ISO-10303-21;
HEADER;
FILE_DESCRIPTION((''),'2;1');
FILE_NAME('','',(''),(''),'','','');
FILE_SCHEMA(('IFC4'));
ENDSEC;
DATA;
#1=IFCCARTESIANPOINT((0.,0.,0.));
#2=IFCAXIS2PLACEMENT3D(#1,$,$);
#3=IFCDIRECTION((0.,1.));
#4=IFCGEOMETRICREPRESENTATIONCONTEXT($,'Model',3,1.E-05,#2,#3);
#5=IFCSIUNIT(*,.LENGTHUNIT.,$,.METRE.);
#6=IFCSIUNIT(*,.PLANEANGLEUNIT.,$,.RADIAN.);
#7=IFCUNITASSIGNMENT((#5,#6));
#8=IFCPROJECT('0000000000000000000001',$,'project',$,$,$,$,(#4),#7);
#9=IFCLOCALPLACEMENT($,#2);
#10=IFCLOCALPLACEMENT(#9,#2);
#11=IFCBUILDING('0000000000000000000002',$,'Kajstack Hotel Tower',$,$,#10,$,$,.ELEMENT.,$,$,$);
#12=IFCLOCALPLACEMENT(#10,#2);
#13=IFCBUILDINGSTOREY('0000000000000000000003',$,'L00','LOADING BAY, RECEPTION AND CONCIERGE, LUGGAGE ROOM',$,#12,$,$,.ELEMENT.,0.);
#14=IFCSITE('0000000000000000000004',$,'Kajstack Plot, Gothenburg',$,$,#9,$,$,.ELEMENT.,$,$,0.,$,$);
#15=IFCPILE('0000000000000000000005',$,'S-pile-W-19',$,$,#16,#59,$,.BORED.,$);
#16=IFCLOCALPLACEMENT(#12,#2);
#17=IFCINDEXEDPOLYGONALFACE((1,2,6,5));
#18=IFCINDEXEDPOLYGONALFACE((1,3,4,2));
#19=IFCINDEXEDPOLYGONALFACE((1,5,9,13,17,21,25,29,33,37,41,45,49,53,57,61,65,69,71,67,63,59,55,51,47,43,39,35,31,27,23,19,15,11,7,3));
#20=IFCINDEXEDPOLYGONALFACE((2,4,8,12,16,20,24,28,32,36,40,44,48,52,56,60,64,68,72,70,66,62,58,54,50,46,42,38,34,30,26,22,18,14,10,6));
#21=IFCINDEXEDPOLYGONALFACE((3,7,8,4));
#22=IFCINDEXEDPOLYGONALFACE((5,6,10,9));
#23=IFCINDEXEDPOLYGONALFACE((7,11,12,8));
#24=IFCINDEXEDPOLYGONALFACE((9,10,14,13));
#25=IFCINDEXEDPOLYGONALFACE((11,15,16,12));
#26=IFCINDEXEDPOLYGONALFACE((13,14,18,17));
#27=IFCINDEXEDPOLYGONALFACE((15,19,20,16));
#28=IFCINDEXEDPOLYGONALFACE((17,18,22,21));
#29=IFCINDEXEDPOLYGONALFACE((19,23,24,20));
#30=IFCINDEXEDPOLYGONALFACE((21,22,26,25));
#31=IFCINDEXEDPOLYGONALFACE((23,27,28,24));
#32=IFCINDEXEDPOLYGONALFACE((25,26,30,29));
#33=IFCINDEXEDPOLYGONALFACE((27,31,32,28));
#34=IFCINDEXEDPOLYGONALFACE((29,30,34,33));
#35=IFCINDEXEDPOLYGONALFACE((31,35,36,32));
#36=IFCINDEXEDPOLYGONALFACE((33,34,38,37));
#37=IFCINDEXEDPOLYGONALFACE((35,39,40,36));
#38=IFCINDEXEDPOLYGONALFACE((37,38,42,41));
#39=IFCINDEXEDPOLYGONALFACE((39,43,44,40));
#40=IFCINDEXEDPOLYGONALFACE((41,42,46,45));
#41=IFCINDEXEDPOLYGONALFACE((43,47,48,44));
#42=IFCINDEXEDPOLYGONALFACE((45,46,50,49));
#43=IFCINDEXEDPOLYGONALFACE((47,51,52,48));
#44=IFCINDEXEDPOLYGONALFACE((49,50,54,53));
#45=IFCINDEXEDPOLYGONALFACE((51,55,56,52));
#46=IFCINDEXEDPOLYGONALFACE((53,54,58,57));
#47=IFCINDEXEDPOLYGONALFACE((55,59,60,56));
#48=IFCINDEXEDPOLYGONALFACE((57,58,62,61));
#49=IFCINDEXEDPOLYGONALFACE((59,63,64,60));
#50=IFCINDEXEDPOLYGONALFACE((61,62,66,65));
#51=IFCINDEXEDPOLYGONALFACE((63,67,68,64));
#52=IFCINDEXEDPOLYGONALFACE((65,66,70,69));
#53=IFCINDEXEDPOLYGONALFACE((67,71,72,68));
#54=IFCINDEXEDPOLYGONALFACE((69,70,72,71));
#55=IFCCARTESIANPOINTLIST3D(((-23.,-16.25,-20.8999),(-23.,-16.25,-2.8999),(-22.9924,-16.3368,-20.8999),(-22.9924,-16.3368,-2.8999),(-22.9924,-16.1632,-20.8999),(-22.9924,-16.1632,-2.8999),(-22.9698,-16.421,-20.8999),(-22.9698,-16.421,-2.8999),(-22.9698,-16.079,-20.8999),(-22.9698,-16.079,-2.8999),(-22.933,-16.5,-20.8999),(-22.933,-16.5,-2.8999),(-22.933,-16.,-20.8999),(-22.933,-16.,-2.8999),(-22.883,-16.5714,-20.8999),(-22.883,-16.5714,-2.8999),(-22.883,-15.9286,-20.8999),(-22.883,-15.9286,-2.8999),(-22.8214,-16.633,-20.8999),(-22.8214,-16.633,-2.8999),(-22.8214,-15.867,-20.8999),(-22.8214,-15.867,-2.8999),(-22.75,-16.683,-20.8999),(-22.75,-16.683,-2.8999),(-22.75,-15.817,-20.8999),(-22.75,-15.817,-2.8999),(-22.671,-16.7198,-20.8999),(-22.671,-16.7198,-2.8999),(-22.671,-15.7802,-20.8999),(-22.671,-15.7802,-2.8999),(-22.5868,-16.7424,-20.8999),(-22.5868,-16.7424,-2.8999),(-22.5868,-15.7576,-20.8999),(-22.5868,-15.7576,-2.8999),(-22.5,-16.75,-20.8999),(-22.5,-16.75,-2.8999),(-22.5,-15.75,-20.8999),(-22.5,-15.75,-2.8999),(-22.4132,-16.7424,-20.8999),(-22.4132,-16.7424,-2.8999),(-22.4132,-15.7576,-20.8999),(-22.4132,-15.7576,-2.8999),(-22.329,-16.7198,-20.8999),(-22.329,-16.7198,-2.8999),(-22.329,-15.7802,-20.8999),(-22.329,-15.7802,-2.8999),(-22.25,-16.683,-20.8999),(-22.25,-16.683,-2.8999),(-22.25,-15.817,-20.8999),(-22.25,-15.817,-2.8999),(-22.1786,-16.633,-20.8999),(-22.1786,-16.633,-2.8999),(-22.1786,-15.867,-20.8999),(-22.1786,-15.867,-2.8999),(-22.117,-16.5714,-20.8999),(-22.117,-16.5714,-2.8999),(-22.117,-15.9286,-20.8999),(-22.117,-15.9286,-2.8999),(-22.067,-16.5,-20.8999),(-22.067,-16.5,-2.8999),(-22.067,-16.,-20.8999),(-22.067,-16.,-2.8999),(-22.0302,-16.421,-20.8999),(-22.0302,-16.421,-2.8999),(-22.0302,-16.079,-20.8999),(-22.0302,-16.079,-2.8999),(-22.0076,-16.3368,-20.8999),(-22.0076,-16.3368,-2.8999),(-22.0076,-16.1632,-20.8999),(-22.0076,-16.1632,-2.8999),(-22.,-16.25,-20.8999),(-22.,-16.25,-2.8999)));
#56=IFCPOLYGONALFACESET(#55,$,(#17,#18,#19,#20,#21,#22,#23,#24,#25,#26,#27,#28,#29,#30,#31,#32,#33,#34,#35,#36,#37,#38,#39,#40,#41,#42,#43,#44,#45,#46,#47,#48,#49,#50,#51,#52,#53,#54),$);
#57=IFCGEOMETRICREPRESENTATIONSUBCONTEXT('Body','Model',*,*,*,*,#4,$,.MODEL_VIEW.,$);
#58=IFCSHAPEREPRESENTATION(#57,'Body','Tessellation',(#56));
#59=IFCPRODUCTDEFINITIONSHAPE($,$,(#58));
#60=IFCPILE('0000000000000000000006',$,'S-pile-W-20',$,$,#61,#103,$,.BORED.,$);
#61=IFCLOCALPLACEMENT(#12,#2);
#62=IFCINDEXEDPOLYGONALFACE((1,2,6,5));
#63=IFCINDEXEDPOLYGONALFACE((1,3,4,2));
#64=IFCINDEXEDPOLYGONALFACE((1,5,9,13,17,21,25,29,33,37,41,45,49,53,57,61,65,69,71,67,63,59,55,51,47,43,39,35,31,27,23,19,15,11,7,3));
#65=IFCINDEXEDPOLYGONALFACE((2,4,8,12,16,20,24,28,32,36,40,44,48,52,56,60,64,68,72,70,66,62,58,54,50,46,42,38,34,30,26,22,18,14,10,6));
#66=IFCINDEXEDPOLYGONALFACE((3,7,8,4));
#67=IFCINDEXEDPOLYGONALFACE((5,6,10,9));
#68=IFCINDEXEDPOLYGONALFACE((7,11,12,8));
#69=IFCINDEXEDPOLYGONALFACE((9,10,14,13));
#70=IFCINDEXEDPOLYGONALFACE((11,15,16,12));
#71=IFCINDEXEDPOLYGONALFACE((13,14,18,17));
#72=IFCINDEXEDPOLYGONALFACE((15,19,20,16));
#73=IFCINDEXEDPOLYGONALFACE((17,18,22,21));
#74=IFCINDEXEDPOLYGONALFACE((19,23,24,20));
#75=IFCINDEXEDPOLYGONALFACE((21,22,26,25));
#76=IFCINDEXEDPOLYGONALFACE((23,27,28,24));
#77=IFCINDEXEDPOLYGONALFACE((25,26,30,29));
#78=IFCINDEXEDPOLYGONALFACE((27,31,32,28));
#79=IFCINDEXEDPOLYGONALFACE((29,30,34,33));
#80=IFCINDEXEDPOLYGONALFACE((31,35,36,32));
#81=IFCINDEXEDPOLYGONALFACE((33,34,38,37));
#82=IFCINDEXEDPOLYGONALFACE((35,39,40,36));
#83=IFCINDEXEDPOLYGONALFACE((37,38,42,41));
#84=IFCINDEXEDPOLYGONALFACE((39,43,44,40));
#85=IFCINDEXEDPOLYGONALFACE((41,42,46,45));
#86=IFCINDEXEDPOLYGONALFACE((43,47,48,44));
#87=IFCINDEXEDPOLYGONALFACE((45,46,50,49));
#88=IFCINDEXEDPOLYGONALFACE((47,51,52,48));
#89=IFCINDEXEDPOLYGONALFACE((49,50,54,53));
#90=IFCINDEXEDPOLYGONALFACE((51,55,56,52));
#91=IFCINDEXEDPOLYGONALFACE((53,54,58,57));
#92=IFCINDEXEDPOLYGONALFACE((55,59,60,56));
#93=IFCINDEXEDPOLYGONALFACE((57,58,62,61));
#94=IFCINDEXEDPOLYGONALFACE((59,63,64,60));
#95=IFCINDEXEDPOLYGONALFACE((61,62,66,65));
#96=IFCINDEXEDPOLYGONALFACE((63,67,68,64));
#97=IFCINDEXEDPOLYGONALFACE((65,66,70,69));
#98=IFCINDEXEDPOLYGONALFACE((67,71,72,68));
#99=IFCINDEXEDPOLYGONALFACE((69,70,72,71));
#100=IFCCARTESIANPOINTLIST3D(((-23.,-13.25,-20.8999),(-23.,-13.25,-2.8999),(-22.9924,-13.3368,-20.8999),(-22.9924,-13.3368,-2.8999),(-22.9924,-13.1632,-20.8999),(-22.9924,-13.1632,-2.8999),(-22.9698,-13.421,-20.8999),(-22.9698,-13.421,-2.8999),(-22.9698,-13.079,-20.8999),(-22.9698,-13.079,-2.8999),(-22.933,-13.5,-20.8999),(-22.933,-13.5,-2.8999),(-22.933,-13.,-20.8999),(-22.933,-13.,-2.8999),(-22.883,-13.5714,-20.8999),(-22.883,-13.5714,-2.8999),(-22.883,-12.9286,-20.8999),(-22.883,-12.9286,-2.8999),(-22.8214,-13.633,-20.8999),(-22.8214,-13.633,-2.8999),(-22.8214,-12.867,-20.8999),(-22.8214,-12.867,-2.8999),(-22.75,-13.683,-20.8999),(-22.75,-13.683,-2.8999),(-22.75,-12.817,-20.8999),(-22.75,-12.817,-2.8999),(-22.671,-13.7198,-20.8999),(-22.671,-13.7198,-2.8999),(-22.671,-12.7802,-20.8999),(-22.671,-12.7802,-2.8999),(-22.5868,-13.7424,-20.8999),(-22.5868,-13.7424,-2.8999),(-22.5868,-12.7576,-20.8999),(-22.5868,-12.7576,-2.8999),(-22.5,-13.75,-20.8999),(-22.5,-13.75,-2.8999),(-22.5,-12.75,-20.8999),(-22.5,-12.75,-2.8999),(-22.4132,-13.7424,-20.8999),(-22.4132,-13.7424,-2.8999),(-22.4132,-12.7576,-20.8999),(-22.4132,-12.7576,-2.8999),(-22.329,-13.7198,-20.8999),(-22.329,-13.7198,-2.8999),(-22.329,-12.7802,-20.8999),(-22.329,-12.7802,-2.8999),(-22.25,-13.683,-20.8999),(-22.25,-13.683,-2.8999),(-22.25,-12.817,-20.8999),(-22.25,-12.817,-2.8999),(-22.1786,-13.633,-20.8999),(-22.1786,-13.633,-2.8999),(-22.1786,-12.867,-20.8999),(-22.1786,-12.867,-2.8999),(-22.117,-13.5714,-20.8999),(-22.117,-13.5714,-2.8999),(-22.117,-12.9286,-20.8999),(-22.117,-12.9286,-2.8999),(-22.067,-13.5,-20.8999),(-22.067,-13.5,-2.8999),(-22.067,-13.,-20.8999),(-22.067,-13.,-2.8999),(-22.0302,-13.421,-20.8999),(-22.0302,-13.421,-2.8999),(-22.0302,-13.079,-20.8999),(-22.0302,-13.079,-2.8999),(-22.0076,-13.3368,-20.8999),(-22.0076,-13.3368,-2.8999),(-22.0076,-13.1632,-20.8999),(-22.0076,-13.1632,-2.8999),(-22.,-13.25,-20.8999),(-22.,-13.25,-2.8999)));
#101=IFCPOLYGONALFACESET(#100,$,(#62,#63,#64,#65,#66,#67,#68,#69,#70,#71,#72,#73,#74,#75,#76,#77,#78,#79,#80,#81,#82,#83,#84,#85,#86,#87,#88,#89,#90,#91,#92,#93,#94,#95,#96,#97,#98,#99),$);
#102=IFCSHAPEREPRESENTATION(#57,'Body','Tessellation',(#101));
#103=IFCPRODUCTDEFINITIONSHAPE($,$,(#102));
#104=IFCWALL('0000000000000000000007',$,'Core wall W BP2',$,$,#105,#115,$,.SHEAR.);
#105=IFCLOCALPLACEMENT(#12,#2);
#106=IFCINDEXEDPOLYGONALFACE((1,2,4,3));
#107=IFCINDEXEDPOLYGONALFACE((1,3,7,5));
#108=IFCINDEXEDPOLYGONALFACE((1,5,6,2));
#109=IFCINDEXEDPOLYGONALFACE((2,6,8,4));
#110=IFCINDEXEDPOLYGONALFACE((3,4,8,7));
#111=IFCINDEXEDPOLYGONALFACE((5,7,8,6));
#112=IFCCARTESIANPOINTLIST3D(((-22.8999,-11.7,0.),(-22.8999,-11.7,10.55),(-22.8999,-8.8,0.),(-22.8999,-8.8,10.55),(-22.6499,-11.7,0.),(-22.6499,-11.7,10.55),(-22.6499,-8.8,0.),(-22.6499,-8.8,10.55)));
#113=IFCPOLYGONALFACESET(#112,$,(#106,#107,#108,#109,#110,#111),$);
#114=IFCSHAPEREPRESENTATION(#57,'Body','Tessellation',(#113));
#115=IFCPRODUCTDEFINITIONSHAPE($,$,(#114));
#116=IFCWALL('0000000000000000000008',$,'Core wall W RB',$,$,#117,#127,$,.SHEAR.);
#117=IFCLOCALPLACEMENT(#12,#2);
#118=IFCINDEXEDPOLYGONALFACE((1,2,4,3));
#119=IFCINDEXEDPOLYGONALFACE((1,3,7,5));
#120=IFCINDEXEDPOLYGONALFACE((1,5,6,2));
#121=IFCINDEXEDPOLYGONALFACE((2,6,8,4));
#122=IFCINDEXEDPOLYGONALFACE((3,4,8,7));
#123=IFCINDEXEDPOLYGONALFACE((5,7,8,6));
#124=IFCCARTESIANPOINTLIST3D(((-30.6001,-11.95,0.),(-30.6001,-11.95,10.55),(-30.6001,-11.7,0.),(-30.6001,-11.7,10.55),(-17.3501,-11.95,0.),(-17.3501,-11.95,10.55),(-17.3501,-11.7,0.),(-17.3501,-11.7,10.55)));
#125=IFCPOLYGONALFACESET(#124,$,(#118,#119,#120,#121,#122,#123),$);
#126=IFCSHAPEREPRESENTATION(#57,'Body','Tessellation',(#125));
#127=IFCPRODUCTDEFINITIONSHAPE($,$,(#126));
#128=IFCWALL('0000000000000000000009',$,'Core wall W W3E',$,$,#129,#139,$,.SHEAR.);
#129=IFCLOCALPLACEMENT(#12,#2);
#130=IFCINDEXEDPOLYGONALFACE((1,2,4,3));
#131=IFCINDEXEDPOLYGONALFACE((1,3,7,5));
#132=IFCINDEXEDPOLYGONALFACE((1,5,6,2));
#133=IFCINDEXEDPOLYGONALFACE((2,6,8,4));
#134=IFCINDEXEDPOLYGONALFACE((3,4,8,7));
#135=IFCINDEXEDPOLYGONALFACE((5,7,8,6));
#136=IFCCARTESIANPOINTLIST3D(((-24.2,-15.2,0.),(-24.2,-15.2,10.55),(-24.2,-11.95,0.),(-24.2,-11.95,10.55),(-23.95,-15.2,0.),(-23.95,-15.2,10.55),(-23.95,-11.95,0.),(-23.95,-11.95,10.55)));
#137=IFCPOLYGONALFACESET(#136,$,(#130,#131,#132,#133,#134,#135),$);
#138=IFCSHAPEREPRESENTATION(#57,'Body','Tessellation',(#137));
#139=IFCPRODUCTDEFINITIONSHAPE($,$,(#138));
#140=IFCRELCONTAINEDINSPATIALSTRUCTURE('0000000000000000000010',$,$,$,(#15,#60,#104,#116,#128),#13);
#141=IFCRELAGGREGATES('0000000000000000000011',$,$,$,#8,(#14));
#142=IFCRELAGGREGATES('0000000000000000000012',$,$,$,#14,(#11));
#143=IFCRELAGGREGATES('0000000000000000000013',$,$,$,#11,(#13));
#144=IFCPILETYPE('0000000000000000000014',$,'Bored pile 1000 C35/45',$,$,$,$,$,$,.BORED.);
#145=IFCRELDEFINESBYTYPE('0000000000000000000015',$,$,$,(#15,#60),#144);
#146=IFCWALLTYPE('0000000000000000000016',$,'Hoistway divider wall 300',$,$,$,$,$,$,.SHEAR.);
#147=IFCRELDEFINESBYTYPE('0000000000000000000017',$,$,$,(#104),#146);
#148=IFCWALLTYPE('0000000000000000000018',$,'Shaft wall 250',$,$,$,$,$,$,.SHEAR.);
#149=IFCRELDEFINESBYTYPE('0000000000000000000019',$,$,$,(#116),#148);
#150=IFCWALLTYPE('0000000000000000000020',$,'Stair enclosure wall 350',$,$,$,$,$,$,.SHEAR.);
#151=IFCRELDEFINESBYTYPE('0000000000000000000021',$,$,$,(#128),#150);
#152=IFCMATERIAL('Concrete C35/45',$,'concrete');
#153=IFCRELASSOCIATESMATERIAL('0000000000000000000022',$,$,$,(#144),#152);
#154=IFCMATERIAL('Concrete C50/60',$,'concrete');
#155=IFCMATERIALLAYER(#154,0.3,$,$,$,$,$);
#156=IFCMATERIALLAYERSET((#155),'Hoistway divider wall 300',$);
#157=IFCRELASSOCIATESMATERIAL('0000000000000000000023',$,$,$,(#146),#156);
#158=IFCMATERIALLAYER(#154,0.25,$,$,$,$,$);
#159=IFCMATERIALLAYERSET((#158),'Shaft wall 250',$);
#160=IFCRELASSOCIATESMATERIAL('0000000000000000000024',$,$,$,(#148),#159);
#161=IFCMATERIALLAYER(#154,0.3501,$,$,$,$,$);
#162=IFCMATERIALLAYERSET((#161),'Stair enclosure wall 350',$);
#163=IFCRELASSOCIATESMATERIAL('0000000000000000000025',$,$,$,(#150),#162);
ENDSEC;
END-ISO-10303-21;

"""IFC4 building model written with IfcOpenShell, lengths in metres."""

from ifc_helpers import new_model, si_unit, direction, frame, frame_2d, origin, origin_2d, place, context, subcontext, project, spatial, rectangle, circle, extrude, material, layer, layer_set, material_profile, profile_set, type_object, element, save


model = new_model("IFC4")

# Units and contexts
model_context = context("Model", 3, precision=1e-05, world=origin(), true_north=direction((0.0, 1.0)))
body_context = subcontext(model_context, "Body", "Model", "MODEL_VIEW")
ifc_project = project(units=[si_unit("LENGTHUNIT", "METRE"), si_unit("PLANEANGLEUNIT", "RADIAN")], contexts=[model_context])

# Site, building, storey
site_placement = place(None, origin())
site = spatial("IfcSite", under=ifc_project, at=site_placement, Name="Kajstack Plot, Gothenburg", CompositionType="ELEMENT", RefElevation=0.0)
building_placement = place(site_placement, origin())
building = spatial("IfcBuilding", under=site, at=building_placement, Name="Kajstack Hotel Tower", CompositionType="ELEMENT")
storey_placement = place(building_placement, origin())
storey = spatial("IfcBuildingStorey", under=building, at=storey_placement, Name="L00", Description="LOADING BAY, RECEPTION AND CONCIERGE, LUGGAGE ROOM", CompositionType="ELEMENT", Elevation=0.0)

# Piles
ifc_material_1 = material(Name="Concrete C35/45", Category="concrete")
ifc_material_profile = material_profile(ifc_material_1, circle(Radius=0.5, at=origin_2d()), Name="RC round 1000")
ifc_profile_set = profile_set([ifc_material_profile], Name="Concrete C35/45")
pile_type = type_object("IfcPileType", Name="Bored pile 1000 C35/45", PredefinedType="BORED", material=ifc_profile_set)
for number, where, z_axis, x_axis, name in (
    (1, (-22.5, -16.25, -2.8999), (0.0, 0.0, -1.0), (1.0, 0.0, 0.0), "S-pile-W-19"),
    (2, (-22.5, -13.25, -2.8999), (0.0, 0.0, -1.0), (1.0, 0.0, 0.0), "S-pile-W-20"),
):
    element("IfcPile", number, at=place(storey_placement, frame(where, z_axis=z_axis, x_axis=x_axis)), inside=storey, type_object=pile_type, Name=name, PredefinedType="BORED", context=body_context, shape_type="SweptSolid", body=[
        extrude(circle(Radius=0.5, at=origin_2d()), origin(), (0.0, 0.0, 1.0), 18.0),
    ])

# Walls
ifc_material_2 = material(Name="Concrete C50/60", Category="concrete")
ifc_layer_1 = layer(ifc_material_2, 0.3)
ifc_layer_set_1 = layer_set([ifc_layer_1], Name="Hoistway divider wall 300")
wall_type_1 = type_object("IfcWallType", Name="Hoistway divider wall 300", PredefinedType="SHEAR", material=ifc_layer_set_1)
wall_1_placement = place(storey_placement, frame((-22.7749, -11.7, 0.0), z_axis=(0.0, 0.0, 1.0), x_axis=(0.0, 1.0, 0.0)))
element("IfcWall", 3, at=wall_1_placement, inside=storey, type_object=wall_type_1, Name="Core wall W BP2", PredefinedType="SHEAR", context=body_context, shape_type="SweptSolid", body=[
    extrude(rectangle(XDim=2.8999, YDim=0.25, at=frame_2d((1.45, 0.0))), origin(), (0.0, 0.0, 1.0), 10.55),
])
ifc_layer_2 = layer(ifc_material_2, 0.25)
ifc_layer_set_2 = layer_set([ifc_layer_2], Name="Shaft wall 250")
wall_type_2 = type_object("IfcWallType", Name="Shaft wall 250", PredefinedType="SHEAR", material=ifc_layer_set_2)
wall_2_placement = place(storey_placement, frame((-30.6001, -11.825, 0.0), z_axis=(0.0, 0.0, 1.0), x_axis=(1.0, 0.0, 0.0)))
element("IfcWall", 4, at=wall_2_placement, inside=storey, type_object=wall_type_2, Name="Core wall W RB", PredefinedType="SHEAR", context=body_context, shape_type="SweptSolid", body=[
    extrude(rectangle(XDim=13.25, YDim=0.25, at=frame_2d((6.625, 0.0))), origin(), (0.0, 0.0, 1.0), 10.55),
])
ifc_layer_3 = layer(ifc_material_2, 0.3501)
ifc_layer_set_3 = layer_set([ifc_layer_3], Name="Stair enclosure wall 350")
wall_type_3 = type_object("IfcWallType", Name="Stair enclosure wall 350", PredefinedType="SHEAR", material=ifc_layer_set_3)
wall_3_placement = place(storey_placement, frame((-24.075, -15.2, 0.0), z_axis=(0.0, 0.0, 1.0), x_axis=(0.0, 1.0, 0.0)))
element("IfcWall", 5, at=wall_3_placement, inside=storey, type_object=wall_type_3, Name="Core wall W W3E", PredefinedType="SHEAR", context=body_context, shape_type="SweptSolid", body=[
    extrude(rectangle(XDim=3.25, YDim=0.25, at=frame_2d((1.625, 0.0))), origin(), (0.0, 0.0, 1.0), 10.55),
])

save(model, "model.ifc")
